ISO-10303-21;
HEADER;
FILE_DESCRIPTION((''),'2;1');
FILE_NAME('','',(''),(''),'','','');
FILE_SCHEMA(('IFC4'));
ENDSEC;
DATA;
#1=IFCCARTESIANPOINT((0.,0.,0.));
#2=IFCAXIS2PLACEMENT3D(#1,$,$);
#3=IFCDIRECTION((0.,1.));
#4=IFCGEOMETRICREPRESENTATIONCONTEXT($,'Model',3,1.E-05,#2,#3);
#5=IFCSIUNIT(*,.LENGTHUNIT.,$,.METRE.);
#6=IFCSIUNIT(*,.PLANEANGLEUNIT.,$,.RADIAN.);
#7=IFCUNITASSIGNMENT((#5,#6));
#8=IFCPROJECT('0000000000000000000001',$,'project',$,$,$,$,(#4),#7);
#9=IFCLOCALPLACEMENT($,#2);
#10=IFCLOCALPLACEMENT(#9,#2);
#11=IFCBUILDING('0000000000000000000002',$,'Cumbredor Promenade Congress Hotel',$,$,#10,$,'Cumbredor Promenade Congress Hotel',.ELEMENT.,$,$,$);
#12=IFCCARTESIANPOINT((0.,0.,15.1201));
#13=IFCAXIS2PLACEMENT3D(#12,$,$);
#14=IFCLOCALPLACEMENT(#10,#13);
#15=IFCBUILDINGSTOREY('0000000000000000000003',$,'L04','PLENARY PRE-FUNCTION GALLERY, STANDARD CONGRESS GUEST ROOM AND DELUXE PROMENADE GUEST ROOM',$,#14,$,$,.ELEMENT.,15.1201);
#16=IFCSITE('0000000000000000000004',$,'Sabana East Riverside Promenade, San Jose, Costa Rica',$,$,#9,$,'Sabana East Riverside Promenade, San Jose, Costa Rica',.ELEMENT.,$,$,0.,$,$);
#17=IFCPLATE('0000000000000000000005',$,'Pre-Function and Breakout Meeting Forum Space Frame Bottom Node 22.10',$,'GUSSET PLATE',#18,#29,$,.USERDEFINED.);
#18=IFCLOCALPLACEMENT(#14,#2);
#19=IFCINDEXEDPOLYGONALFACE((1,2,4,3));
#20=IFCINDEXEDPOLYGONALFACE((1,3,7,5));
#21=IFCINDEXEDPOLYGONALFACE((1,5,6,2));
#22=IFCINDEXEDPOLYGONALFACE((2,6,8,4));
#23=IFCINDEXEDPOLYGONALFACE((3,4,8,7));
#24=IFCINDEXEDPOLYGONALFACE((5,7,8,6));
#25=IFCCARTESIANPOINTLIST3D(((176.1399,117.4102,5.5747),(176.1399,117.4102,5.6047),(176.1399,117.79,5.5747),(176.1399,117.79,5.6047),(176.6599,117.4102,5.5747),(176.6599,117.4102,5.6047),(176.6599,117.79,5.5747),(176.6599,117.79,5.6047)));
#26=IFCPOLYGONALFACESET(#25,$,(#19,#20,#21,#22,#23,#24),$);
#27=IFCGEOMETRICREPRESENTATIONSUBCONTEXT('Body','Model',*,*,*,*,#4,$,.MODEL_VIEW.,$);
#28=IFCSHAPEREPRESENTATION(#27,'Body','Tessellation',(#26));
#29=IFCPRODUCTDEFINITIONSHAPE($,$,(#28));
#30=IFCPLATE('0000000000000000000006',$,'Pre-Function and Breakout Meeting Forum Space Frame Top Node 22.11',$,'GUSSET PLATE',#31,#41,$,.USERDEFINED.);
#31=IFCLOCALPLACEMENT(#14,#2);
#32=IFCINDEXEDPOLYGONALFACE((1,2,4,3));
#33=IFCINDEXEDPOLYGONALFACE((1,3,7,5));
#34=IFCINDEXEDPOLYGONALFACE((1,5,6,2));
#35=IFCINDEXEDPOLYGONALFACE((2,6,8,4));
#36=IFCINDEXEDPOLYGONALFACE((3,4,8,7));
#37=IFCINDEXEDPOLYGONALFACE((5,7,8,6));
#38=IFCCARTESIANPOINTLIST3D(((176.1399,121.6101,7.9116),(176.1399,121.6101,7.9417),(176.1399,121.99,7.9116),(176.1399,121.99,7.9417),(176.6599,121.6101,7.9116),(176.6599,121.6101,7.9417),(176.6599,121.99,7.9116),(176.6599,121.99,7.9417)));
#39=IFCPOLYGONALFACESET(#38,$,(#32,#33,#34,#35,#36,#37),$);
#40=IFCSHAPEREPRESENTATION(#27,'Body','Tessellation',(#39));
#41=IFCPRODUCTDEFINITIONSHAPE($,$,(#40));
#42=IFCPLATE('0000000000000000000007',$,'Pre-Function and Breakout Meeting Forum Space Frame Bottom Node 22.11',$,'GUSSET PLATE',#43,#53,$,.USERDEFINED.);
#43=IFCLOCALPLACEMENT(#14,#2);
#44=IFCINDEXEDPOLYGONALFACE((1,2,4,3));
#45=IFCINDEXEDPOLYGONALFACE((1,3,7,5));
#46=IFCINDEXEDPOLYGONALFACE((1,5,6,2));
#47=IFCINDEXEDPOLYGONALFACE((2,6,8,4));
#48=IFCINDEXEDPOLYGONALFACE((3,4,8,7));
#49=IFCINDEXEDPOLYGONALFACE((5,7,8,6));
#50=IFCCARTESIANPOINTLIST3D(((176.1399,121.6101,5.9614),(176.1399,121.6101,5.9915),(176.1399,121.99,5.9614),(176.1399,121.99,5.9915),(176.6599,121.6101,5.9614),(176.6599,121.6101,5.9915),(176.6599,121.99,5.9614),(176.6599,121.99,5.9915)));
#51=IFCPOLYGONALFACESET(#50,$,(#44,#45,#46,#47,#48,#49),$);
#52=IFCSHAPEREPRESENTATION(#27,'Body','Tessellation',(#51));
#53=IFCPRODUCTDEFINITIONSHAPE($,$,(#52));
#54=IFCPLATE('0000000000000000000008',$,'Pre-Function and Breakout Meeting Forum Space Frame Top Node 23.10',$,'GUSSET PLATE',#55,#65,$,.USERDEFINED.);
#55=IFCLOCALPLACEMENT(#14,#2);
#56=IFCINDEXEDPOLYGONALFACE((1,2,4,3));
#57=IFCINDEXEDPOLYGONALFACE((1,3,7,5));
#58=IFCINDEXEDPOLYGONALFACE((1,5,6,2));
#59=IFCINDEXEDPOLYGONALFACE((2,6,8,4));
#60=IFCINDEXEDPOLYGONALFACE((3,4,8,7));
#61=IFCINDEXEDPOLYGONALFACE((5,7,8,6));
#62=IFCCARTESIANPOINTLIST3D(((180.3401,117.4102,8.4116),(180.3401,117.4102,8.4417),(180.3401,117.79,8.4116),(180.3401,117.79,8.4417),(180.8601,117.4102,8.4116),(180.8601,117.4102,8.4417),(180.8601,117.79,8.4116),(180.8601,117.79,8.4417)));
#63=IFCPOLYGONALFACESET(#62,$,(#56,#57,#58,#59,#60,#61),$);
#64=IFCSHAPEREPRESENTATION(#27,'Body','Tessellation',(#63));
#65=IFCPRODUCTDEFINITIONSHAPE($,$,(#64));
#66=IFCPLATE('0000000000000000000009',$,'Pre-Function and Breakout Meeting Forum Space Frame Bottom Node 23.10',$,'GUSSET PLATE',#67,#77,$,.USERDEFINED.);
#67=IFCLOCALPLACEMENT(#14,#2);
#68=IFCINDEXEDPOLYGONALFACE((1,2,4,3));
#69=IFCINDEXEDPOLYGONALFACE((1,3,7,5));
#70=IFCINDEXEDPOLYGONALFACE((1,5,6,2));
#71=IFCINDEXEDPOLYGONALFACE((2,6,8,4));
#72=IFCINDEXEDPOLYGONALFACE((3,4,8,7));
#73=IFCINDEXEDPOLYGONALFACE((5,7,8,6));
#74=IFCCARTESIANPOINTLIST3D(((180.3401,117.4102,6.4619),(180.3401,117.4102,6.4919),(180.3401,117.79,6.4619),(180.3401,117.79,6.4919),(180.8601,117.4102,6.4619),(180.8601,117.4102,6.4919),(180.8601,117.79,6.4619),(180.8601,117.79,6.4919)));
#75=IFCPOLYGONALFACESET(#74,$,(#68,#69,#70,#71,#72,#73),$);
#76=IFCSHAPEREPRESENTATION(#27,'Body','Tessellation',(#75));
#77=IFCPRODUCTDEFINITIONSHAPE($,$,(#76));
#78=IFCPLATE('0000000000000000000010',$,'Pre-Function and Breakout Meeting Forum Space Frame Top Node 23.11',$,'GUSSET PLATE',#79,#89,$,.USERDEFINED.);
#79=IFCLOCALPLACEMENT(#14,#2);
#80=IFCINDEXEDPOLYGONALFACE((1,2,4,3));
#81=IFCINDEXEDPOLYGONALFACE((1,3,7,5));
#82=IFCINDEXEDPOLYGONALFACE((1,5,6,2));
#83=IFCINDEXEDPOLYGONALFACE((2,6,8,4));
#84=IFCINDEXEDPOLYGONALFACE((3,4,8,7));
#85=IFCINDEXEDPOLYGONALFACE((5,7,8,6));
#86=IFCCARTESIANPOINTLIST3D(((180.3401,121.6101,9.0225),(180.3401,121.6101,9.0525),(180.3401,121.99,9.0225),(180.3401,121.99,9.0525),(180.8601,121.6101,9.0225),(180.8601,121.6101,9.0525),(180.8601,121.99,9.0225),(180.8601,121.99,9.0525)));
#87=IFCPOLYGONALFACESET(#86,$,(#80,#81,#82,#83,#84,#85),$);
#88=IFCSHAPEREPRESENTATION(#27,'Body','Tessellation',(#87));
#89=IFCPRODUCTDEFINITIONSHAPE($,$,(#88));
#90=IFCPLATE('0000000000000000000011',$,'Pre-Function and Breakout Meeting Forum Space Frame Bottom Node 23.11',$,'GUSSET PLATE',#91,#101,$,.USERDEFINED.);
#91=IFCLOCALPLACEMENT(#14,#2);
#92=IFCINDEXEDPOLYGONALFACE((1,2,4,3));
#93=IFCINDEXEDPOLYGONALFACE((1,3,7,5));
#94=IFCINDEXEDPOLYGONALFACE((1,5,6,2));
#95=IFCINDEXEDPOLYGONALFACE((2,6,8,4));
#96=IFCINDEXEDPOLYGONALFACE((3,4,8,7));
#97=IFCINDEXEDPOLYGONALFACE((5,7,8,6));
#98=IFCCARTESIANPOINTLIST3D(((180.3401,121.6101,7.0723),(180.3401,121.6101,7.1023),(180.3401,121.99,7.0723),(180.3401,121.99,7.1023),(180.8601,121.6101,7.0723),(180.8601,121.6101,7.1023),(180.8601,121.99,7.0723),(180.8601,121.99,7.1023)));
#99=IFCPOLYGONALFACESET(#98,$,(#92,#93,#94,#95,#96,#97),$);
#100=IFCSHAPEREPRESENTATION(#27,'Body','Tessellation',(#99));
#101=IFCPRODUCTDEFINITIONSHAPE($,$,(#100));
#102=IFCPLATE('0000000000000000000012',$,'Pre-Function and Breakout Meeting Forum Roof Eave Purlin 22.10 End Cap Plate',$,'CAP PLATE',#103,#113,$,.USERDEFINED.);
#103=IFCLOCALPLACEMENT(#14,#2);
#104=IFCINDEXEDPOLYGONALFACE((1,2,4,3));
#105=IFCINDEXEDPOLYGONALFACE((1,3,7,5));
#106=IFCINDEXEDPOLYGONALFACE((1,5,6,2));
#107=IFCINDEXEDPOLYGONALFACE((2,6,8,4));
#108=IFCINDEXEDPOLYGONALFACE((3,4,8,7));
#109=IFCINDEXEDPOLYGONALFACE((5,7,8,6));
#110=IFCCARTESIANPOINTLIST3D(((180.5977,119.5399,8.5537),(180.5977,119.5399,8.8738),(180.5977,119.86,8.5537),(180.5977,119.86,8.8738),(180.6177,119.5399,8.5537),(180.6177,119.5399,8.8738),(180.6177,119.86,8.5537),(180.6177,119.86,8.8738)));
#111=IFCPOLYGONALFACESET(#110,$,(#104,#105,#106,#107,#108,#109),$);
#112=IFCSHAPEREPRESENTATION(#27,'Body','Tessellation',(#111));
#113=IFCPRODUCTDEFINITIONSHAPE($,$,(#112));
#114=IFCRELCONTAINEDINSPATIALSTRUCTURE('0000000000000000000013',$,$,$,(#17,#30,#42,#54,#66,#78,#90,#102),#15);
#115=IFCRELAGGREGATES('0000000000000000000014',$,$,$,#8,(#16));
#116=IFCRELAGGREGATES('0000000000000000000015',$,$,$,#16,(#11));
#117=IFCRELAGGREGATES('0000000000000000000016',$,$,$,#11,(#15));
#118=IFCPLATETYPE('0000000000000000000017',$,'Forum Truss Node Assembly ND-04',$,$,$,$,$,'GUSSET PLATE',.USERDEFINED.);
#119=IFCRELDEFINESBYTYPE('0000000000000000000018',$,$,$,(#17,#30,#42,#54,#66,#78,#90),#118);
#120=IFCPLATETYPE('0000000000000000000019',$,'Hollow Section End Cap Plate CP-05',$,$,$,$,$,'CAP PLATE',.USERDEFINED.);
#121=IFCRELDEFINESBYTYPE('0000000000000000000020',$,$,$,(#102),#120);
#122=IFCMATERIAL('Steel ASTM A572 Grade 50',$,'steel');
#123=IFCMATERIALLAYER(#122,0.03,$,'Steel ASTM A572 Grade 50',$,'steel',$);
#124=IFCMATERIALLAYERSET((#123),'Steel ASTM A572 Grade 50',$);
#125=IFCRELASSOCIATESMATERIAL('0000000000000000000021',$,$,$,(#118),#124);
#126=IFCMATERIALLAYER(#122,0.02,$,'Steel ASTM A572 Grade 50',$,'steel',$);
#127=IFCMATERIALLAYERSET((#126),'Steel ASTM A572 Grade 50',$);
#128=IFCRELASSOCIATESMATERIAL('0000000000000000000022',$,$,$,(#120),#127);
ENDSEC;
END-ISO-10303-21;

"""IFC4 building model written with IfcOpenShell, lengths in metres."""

from ifc_helpers import new_model, si_unit, direction, frame, origin, origin_2d, place, context, subcontext, project, spatial, rectangle, extrude, material, layer, layer_set, type_object, element, save


model = new_model("IFC4")

# Units and contexts
model_context = context("Model", 3, precision=1e-05, world=origin(), true_north=direction((0.0, 1.0)))
body_context = subcontext(model_context, "Body", "Model", "MODEL_VIEW")
ifc_project = project(units=[si_unit("LENGTHUNIT", "METRE"), si_unit("PLANEANGLEUNIT", "RADIAN")], contexts=[model_context])

# Site, building, storey
site_placement = place(None, origin())
site = spatial("IfcSite", under=ifc_project, at=site_placement, Name="Sabana East Riverside Promenade, San Jose, Costa Rica", LongName="Sabana East Riverside Promenade, San Jose, Costa Rica", CompositionType="ELEMENT", RefElevation=0.0)
building_placement = place(site_placement, origin())
building = spatial("IfcBuilding", under=site, at=building_placement, Name="Cumbredor Promenade Congress Hotel", LongName="Cumbredor Promenade Congress Hotel", CompositionType="ELEMENT")
storey_placement = place(building_placement, frame((0.0, 0.0, 15.1201)))
storey = spatial("IfcBuildingStorey", under=building, at=storey_placement, Name="L04", Description="PLENARY PRE-FUNCTION GALLERY, STANDARD CONGRESS GUEST ROOM AND DELUXE PROMENADE GUEST ROOM", CompositionType="ELEMENT", Elevation=15.1201)

# Plates
ifc_material_1 = material(Name="Steel ASTM A572 Grade 50", Category="steel")
ifc_layer_1 = layer(ifc_material_1, 0.03, Name="Steel ASTM A572 Grade 50", Category="steel")
ifc_layer_set_1 = layer_set([ifc_layer_1], Name="Steel ASTM A572 Grade 50")
plate_type_1 = type_object("IfcPlateType", Name="Forum Truss Node Assembly ND-04", ElementType="GUSSET PLATE", PredefinedType="USERDEFINED", material=ifc_layer_set_1)
for number, where, z_axis, x_axis, name in (
    (1, (176.3999, 117.6001, 5.5747), (0.0, 0.0, 1.0), (1.0, 0.0, 0.0), "Pre-Function and Breakout Meeting Forum Space Frame Bottom Node 22.10"),
    (2, (176.3999, 121.8, 7.9116), (0.0, 0.0, 1.0), (1.0, 0.0, 0.0), "Pre-Function and Breakout Meeting Forum Space Frame Top Node 22.11"),
    (3, (176.3999, 121.8, 5.9614), (0.0, 0.0, 1.0), (1.0, 0.0, 0.0), "Pre-Function and Breakout Meeting Forum Space Frame Bottom Node 22.11"),
    (4, (180.6001, 117.6001, 8.4116), (0.0, 0.0, 1.0), (1.0, 0.0, 0.0), "Pre-Function and Breakout Meeting Forum Space Frame Top Node 23.10"),
    (5, (180.6001, 117.6001, 6.4619), (0.0, 0.0, 1.0), (1.0, 0.0, 0.0), "Pre-Function and Breakout Meeting Forum Space Frame Bottom Node 23.10"),
    (6, (180.6001, 121.8, 9.0225), (0.0, 0.0, 1.0), (1.0, 0.0, 0.0), "Pre-Function and Breakout Meeting Forum Space Frame Top Node 23.11"),
    (7, (180.6001, 121.8, 7.0723), (0.0, 0.0, 1.0), (1.0, 0.0, 0.0), "Pre-Function and Breakout Meeting Forum Space Frame Bottom Node 23.11"),
):
    element("IfcPlate", number, at=place(storey_placement, frame(where, z_axis=z_axis, x_axis=x_axis)), inside=storey, type_object=plate_type_1, Name=name, ObjectType="GUSSET PLATE", PredefinedType="USERDEFINED", context=body_context, shape_type="SweptSolid", body=[
        extrude(rectangle(XDim=0.52, YDim=0.3799, at=origin_2d()), origin(), (0.0, 0.0, 1.0), 0.03),
    ])
ifc_layer_2 = layer(ifc_material_1, 0.02, Name="Steel ASTM A572 Grade 50", Category="steel")
ifc_layer_set_2 = layer_set([ifc_layer_2], Name="Steel ASTM A572 Grade 50")
plate_type_2 = type_object("IfcPlateType", Name="Hollow Section End Cap Plate CP-05", ElementType="CAP PLATE", PredefinedType="USERDEFINED", material=ifc_layer_set_2)
plate_1_placement = place(storey_placement, frame((180.6077, 119.7, 8.5537), z_axis=(0.0, 0.0, 1.0), x_axis=(1.0, 0.0, 0.0)))
element("IfcPlate", 8, at=plate_1_placement, inside=storey, type_object=plate_type_2, Name="Pre-Function and Breakout Meeting Forum Roof Eave Purlin 22.10 End Cap Plate", ObjectType="CAP PLATE", PredefinedType="USERDEFINED", context=body_context, shape_type="SweptSolid", body=[
    extrude(rectangle(XDim=0.02, YDim=0.3201, at=origin_2d()), origin(), (0.0, 0.0, 1.0), 0.3201),
])

save(model, "model.ifc")
